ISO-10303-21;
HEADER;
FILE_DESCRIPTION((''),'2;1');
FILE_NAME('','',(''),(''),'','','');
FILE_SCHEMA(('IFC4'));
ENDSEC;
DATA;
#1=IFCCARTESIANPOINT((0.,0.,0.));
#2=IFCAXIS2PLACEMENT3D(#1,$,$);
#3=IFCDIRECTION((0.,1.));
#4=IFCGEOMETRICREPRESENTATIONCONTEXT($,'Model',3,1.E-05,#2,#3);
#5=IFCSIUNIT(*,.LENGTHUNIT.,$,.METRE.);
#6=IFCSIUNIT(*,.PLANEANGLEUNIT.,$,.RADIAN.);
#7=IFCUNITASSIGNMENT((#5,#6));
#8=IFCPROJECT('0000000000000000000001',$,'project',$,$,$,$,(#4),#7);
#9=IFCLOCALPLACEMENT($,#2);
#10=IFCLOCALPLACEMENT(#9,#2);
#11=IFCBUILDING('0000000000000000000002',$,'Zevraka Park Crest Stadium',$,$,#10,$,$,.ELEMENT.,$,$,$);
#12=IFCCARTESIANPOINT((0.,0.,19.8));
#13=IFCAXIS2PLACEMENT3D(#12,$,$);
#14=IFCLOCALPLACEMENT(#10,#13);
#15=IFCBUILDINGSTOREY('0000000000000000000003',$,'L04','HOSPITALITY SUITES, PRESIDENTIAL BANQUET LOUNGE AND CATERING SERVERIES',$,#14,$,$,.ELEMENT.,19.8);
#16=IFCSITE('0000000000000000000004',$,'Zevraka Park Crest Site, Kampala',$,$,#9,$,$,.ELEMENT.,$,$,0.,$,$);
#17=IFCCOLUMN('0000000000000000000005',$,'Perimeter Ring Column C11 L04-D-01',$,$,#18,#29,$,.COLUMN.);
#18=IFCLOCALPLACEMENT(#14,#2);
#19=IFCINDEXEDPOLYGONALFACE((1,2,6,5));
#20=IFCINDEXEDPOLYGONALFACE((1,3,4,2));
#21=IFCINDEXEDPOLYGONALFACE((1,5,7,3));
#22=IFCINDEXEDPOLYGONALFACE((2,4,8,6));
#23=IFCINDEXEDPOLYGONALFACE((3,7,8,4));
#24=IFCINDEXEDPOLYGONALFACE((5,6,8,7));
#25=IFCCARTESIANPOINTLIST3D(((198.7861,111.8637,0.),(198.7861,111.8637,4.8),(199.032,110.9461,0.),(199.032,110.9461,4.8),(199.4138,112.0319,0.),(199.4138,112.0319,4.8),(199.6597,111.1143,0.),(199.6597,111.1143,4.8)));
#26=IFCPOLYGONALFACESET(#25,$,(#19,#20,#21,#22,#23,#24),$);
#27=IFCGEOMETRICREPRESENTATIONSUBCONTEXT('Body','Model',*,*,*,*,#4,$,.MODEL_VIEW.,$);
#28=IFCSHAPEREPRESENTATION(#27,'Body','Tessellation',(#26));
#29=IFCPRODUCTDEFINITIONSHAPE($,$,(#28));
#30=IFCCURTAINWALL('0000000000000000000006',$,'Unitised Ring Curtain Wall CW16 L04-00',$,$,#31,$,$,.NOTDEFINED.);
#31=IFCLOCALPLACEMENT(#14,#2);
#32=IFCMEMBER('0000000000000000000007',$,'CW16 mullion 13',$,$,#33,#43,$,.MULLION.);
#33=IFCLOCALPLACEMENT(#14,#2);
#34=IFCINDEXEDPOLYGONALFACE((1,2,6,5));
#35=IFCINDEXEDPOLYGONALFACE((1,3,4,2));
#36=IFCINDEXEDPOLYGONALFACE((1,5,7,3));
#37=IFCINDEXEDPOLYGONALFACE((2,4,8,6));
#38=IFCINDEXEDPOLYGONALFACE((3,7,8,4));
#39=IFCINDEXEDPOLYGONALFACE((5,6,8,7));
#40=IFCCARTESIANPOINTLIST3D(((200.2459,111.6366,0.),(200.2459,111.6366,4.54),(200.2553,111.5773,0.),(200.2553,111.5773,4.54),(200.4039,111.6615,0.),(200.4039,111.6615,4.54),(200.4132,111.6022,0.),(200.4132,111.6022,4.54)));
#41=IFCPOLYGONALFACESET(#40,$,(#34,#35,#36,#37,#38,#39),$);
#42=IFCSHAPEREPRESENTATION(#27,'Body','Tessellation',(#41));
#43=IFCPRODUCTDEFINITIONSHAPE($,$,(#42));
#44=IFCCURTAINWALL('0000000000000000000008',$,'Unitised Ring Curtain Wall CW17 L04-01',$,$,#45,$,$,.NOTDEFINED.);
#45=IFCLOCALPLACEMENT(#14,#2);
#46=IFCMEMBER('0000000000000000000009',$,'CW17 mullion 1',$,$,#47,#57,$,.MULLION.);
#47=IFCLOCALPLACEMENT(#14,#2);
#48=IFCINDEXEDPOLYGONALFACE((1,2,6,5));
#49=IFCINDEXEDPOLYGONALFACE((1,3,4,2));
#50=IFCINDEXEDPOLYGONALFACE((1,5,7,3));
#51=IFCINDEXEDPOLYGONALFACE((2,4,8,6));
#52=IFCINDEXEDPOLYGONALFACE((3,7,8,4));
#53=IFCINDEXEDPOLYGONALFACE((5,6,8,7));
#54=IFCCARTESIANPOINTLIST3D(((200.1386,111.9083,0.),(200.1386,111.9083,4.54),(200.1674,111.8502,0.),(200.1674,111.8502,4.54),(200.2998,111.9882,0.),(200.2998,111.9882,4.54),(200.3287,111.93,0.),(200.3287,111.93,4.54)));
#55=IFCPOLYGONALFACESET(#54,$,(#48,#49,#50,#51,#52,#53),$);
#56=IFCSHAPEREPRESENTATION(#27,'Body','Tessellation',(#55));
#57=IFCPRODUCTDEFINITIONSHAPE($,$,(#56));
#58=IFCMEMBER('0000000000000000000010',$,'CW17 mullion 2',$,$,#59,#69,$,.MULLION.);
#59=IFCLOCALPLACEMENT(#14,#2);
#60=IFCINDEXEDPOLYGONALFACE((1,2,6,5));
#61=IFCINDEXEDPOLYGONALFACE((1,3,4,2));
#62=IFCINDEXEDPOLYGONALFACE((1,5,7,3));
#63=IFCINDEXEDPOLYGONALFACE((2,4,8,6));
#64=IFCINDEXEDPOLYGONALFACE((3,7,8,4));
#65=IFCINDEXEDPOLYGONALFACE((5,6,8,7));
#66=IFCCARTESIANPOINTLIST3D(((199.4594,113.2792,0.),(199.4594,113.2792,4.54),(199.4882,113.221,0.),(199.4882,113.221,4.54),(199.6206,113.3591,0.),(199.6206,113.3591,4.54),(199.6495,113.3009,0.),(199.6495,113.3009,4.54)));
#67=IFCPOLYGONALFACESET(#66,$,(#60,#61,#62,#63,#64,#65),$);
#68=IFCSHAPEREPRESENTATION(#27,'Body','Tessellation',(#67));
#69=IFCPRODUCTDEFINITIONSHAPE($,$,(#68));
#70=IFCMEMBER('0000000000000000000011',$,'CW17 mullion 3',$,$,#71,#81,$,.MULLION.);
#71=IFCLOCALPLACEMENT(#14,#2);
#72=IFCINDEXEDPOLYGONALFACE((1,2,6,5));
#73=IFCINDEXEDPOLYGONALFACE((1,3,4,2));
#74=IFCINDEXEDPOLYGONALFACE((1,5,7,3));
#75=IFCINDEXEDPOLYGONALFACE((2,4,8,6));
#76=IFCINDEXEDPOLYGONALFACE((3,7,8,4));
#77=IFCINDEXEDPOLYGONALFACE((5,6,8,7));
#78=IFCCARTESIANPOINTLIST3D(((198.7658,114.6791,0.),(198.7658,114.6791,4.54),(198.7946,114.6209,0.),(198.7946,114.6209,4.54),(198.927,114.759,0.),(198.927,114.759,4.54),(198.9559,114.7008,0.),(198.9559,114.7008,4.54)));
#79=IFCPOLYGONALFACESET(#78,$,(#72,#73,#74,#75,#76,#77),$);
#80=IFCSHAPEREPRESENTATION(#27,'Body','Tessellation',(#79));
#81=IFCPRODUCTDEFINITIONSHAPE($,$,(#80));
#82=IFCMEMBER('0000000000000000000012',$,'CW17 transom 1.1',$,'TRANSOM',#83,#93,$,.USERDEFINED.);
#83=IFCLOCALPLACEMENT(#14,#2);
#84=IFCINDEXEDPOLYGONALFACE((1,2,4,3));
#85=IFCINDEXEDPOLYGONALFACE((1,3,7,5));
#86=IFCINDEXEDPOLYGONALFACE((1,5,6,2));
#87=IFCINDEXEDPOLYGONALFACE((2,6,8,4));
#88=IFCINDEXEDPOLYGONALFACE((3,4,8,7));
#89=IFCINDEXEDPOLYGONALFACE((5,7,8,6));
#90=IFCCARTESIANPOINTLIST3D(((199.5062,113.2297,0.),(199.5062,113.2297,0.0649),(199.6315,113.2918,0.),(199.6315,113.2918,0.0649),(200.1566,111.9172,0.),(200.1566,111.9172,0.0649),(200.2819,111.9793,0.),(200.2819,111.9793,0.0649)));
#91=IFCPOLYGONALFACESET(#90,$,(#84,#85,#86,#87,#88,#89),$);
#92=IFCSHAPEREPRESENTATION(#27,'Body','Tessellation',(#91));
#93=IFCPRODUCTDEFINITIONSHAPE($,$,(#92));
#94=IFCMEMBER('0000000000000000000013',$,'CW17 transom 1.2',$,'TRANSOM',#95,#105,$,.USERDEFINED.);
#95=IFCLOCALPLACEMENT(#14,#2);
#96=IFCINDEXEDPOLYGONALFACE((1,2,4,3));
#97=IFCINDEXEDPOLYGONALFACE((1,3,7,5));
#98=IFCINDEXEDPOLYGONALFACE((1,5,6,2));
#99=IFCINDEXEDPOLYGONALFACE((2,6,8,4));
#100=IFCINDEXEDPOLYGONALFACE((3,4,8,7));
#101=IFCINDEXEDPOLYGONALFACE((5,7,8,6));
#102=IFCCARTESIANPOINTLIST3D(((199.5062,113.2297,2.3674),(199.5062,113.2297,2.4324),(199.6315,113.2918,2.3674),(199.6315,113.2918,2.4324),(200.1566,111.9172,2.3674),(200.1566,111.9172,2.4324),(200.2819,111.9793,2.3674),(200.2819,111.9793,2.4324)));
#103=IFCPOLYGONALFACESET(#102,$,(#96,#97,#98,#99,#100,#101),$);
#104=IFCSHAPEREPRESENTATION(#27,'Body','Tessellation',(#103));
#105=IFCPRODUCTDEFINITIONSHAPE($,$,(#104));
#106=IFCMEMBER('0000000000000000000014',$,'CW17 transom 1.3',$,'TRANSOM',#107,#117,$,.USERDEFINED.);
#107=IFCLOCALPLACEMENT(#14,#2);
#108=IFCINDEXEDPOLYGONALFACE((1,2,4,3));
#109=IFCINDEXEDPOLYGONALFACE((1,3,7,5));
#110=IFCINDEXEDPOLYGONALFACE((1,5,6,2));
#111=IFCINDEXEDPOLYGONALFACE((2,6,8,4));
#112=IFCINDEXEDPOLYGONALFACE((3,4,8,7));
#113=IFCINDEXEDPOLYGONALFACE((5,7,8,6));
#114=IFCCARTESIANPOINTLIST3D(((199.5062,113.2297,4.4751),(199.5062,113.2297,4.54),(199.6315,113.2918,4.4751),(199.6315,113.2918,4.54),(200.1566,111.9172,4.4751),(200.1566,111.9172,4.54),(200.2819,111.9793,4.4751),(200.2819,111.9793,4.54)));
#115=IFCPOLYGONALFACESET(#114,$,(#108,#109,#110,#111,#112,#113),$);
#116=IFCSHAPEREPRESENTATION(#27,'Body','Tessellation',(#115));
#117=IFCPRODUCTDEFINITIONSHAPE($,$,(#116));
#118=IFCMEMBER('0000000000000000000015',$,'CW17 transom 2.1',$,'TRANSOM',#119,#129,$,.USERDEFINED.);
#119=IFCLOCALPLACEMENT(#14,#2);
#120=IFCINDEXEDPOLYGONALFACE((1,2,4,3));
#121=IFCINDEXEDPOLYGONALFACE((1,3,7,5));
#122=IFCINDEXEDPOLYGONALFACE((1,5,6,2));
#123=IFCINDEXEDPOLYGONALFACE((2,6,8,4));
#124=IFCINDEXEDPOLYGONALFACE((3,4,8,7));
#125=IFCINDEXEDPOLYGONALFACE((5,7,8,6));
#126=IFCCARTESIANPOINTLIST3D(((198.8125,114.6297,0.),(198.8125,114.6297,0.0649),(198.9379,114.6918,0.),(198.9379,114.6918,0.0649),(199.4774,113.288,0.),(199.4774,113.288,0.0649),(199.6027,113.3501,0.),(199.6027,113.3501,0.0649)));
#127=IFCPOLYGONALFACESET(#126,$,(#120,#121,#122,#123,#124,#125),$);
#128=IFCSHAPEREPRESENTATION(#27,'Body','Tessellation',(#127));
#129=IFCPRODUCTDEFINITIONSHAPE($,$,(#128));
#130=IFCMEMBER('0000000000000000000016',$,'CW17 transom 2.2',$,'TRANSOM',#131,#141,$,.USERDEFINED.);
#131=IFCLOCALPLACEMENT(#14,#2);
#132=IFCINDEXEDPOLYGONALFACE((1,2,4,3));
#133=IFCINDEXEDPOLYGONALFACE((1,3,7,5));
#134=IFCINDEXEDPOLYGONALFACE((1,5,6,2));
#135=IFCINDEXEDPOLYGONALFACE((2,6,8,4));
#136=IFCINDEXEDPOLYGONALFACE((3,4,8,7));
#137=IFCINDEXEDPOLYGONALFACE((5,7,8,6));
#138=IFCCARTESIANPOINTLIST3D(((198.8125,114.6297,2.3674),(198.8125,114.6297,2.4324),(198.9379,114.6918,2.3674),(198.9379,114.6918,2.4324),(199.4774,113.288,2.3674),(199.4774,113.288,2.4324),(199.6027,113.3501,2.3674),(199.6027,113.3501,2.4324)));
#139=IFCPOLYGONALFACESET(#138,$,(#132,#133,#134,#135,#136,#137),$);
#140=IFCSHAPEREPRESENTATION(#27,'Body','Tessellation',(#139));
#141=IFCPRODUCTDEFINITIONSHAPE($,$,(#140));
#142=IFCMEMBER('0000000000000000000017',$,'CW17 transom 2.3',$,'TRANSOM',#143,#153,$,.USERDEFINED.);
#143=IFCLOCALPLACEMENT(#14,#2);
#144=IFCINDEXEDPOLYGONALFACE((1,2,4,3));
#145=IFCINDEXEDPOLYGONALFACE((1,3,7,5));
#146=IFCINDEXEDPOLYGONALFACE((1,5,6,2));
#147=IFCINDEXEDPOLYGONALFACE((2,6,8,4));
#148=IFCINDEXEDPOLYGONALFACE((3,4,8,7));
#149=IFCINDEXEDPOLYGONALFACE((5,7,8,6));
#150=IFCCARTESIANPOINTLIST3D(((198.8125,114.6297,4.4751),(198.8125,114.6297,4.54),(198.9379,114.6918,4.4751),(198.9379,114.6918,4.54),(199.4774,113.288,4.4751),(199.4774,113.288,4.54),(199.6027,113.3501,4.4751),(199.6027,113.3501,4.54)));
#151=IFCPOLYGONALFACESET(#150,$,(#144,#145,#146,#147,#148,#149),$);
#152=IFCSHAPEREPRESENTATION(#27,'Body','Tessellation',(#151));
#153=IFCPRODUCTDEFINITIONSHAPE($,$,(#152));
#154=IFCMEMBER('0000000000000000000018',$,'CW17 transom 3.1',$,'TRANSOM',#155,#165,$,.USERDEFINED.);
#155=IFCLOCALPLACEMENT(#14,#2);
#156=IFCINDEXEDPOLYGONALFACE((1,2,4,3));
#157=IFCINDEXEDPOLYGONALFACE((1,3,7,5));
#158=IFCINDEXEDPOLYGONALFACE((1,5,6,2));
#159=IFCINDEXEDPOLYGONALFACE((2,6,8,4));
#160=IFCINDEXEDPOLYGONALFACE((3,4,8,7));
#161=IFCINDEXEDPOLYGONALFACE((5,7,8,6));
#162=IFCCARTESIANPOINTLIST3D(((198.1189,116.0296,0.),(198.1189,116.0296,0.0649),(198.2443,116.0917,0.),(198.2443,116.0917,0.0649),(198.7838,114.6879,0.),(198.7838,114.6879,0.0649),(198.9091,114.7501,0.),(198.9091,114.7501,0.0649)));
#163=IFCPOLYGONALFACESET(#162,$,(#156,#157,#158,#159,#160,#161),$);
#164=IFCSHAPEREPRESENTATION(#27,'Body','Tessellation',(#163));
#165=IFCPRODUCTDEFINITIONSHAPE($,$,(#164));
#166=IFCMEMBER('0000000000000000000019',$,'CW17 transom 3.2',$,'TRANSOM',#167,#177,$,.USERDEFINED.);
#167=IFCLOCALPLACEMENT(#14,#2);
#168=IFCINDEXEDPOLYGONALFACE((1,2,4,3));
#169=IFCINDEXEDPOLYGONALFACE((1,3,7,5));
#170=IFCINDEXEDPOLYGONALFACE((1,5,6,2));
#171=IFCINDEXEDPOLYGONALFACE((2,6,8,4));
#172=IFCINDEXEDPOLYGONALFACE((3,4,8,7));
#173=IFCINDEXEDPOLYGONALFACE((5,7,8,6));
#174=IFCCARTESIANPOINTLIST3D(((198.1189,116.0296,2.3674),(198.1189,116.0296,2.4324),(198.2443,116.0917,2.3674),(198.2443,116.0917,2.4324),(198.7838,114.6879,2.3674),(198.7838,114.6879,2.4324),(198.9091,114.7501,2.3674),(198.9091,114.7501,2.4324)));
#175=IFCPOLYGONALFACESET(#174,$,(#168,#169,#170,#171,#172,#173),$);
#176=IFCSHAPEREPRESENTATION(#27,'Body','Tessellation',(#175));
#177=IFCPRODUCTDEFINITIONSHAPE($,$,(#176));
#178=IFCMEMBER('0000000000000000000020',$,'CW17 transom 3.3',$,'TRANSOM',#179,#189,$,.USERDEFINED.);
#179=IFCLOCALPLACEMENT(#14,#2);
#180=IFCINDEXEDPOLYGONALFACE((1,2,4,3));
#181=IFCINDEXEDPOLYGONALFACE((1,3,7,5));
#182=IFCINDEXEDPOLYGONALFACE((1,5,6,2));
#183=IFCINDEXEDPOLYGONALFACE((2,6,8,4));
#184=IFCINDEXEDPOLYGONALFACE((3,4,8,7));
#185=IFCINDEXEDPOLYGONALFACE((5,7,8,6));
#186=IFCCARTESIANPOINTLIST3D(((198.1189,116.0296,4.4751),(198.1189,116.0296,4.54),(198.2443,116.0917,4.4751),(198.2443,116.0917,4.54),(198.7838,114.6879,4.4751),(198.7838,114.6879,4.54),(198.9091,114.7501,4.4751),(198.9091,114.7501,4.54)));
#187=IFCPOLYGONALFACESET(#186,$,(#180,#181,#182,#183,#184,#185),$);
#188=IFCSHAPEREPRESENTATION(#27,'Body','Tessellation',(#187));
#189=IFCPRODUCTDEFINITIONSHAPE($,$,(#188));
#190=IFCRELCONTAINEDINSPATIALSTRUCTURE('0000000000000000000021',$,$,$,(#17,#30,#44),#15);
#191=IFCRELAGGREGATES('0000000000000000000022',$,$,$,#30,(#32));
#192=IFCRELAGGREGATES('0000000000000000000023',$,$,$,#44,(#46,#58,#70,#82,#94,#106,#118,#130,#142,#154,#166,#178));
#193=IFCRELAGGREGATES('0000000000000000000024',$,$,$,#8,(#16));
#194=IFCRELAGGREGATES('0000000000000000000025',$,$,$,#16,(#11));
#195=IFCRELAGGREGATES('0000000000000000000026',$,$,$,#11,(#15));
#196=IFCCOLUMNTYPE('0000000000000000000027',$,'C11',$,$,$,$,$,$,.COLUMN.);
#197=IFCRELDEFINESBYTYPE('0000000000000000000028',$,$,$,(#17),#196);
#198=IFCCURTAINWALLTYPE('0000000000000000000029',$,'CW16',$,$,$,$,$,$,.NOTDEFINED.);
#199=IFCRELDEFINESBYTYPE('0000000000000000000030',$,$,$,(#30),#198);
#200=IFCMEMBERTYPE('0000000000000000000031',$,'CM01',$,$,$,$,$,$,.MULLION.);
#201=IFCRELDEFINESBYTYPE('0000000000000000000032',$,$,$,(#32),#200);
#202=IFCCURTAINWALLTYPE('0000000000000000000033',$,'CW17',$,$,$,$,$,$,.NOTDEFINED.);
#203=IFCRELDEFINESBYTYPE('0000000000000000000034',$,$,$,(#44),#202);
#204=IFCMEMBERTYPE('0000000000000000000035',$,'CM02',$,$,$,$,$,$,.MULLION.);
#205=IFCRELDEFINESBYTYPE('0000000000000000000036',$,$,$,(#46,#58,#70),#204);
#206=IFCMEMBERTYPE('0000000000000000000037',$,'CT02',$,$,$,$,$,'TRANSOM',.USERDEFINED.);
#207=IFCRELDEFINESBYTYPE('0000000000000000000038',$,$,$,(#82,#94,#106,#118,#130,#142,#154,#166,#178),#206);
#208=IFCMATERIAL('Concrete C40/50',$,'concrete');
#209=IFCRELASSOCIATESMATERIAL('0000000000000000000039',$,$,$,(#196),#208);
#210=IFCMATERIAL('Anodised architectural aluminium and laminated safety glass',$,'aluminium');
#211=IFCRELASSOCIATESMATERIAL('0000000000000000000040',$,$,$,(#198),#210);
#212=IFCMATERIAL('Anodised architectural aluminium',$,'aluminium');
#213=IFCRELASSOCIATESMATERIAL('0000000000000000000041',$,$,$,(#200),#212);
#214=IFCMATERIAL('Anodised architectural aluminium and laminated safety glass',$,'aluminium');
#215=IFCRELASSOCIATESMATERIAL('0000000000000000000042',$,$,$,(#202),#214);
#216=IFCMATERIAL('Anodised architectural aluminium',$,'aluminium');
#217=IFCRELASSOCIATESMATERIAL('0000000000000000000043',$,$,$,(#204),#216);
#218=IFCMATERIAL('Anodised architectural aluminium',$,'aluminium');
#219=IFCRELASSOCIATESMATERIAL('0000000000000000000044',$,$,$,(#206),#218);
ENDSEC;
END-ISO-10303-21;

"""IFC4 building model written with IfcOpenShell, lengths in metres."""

from ifc_helpers import new_model, si_unit, direction, frame, origin, origin_2d, place, context, subcontext, project, spatial, rectangle, extrude, material, material_profile, profile_set, type_object, element, aggregate, save


model = new_model("IFC4")

# Units and contexts
model_context = context("Model", 3, precision=1e-05, world=origin(), true_north=direction((0.0, 1.0)))
body_context = subcontext(model_context, "Body", "Model", "MODEL_VIEW")
ifc_project = project(units=[si_unit("LENGTHUNIT", "METRE"), si_unit("PLANEANGLEUNIT", "RADIAN")], contexts=[model_context])

# Site, building, storey
site_placement = place(None, origin())
site = spatial("IfcSite", under=ifc_project, at=site_placement, Name="Zevraka Park Crest Site, Kampala", CompositionType="ELEMENT", RefElevation=0.0)
building_placement = place(site_placement, origin())
building = spatial("IfcBuilding", under=site, at=building_placement, Name="Zevraka Park Crest Stadium", CompositionType="ELEMENT")
storey_placement = place(building_placement, frame((0.0, 0.0, 19.8)))
storey = spatial("IfcBuildingStorey", under=building, at=storey_placement, Name="L04", Description="HOSPITALITY SUITES, PRESIDENTIAL BANQUET LOUNGE AND CATERING SERVERIES", CompositionType="ELEMENT", Elevation=19.8)

# Column
ifc_material_1 = material(Name="Concrete C40/50", Category="concrete")
ifc_material_profile_1 = material_profile(ifc_material_1, rectangle(XDim=0.6499, YDim=0.95, at=origin_2d()), Name="RC 950x650")
ifc_profile_set_1 = profile_set([ifc_material_profile_1], Name="Concrete C40/50")
column_type = type_object("IfcColumnType", Name="C11", PredefinedType="COLUMN", material=ifc_profile_set_1)
column_placement = place(storey_placement, frame((199.2229, 111.489, 0.0), z_axis=(0.0, 0.0, 1.0), x_axis=(0.965926, 0.258819, 0.0)))
element("IfcColumn", 1, at=column_placement, inside=storey, type_object=column_type, Name="Perimeter Ring Column C11 L04-D-01", PredefinedType="COLUMN", context=body_context, shape_type="SweptSolid", body=[
    extrude(rectangle(XDim=0.6499, YDim=0.95, at=origin_2d()), origin(), (0.0, 0.0, 1.0), 4.8),
])

# Curtain wall, member
ifc_material_2 = material(Name="Anodised architectural aluminium and laminated safety glass", Category="aluminium")
curtain_wall_type_1 = type_object("IfcCurtainWallType", Name="CW16", PredefinedType="NOTDEFINED", material=ifc_material_2)
curtain_wall_1_placement = place(storey_placement, origin())
curtain_wall_1 = element("IfcCurtainWall", 2, at=curtain_wall_1_placement, inside=storey, type_object=curtain_wall_type_1, Name="Unitised Ring Curtain Wall CW16 L04-00", PredefinedType="NOTDEFINED")
ifc_material_3 = material(Name="Anodised architectural aluminium", Category="aluminium")
ifc_material_profile_2 = material_profile(ifc_material_3, rectangle(XDim=0.1599, YDim=0.0601, at=origin_2d()), Name="ALU MULLION 160x60")
ifc_profile_set_2 = profile_set([ifc_material_profile_2], Name="Anodised architectural aluminium")
member_type_1 = type_object("IfcMemberType", Name="CM01", PredefinedType="MULLION", material=ifc_profile_set_2)
member_1_placement = place(storey_placement, frame((200.3296, 111.6194, 0.0), z_axis=(0.0, 0.0, 1.0), x_axis=(-0.98783, -0.155539, 0.0)))
member_1 = element("IfcMember", 3, at=member_1_placement, type_object=member_type_1, Name="CW16 mullion 13", PredefinedType="MULLION", context=body_context, shape_type="SweptSolid", body=[
    extrude(rectangle(XDim=0.1599, YDim=0.0601, at=origin_2d()), origin(), (0.0, 0.0, 1.0), 4.54),
])

# Curtain wall, members
ifc_material_4 = material(Name="Anodised architectural aluminium and laminated safety glass", Category="aluminium")
curtain_wall_type_2 = type_object("IfcCurtainWallType", Name="CW17", PredefinedType="NOTDEFINED", material=ifc_material_4)
curtain_wall_2_placement = place(storey_placement, origin())
curtain_wall_2 = element("IfcCurtainWall", 4, at=curtain_wall_2_placement, inside=storey, type_object=curtain_wall_type_2, Name="Unitised Ring Curtain Wall CW17 L04-01", PredefinedType="NOTDEFINED")
ifc_material_5 = material(Name="Anodised architectural aluminium", Category="aluminium")
ifc_material_profile_3 = material_profile(ifc_material_5, rectangle(XDim=0.1799, YDim=0.0649, at=origin_2d()), Name="ALU MULLION 180x65")
ifc_profile_set_3 = profile_set([ifc_material_profile_3], Name="Anodised architectural aluminium")
member_type_2 = type_object("IfcMemberType", Name="CM02", PredefinedType="MULLION", material=ifc_profile_set_3)
member_2_placement = place(storey_placement, frame((200.2336, 111.9192, 0.0), z_axis=(0.0, 0.0, 1.0), x_axis=(-0.896046, -0.443961, 0.0)))
member_2 = element("IfcMember", 5, at=member_2_placement, type_object=member_type_2, Name="CW17 mullion 1", PredefinedType="MULLION", context=body_context, shape_type="SweptSolid", body=[
    extrude(rectangle(XDim=0.1799, YDim=0.0649, at=origin_2d()), origin(), (0.0, 0.0, 1.0), 4.54),
])
member_3_placement = place(storey_placement, frame((199.5544, 113.29, 0.0), z_axis=(0.0, 0.0, 1.0), x_axis=(-0.896046, -0.443961, 0.0)))
member_3 = element("IfcMember", 6, at=member_3_placement, type_object=member_type_2, Name="CW17 mullion 2", PredefinedType="MULLION", context=body_context, shape_type="SweptSolid", body=[
    extrude(rectangle(XDim=0.1799, YDim=0.0649, at=origin_2d()), origin(), (0.0, 0.0, 1.0), 4.54),
])
member_4_placement = place(storey_placement, frame((198.8608, 114.6899, 0.0), z_axis=(0.0, 0.0, 1.0), x_axis=(-0.896046, -0.443961, 0.0)))
member_4 = element("IfcMember", 7, at=member_4_placement, type_object=member_type_2, Name="CW17 mullion 3", PredefinedType="MULLION", context=body_context, shape_type="SweptSolid", body=[
    extrude(rectangle(XDim=0.1799, YDim=0.0649, at=origin_2d()), origin(), (0.0, 0.0, 1.0), 4.54),
])
ifc_material_6 = material(Name="Anodised architectural aluminium", Category="aluminium")
ifc_material_profile_4 = material_profile(ifc_material_6, rectangle(XDim=0.1399, YDim=0.0649, at=origin_2d()), Name="ALU TRANSOM 140x65")
ifc_profile_set_4 = profile_set([ifc_material_profile_4], Name="Anodised architectural aluminium")
member_type_3 = type_object("IfcMemberType", Name="CT02", ElementType="TRANSOM", PredefinedType="USERDEFINED", material=ifc_profile_set_4)
member_5_placement = place(storey_placement, frame((200.2192, 111.9482, 0.0325), z_axis=(-0.444011, 0.896022, 0.0), x_axis=(-0.896022, -0.444011, 0.0)))
member_5 = element("IfcMember", 8, at=member_5_placement, type_object=member_type_3, Name="CW17 transom 1.1", ObjectType="TRANSOM", PredefinedType="USERDEFINED", context=body_context, shape_type="SweptSolid", body=[
    extrude(rectangle(XDim=0.1399, YDim=0.0649, at=origin_2d()), origin(), (0.0, 0.0, 1.0), 1.4648),
])
member_6_placement = place(storey_placement, frame((200.2192, 111.9482, 2.3999), z_axis=(-0.444011, 0.896022, 0.0), x_axis=(-0.896022, -0.444011, 0.0)))
member_6 = element("IfcMember", 9, at=member_6_placement, type_object=member_type_3, Name="CW17 transom 1.2", ObjectType="TRANSOM", PredefinedType="USERDEFINED", context=body_context, shape_type="SweptSolid", body=[
    extrude(rectangle(XDim=0.1399, YDim=0.0649, at=origin_2d()), origin(), (0.0, 0.0, 1.0), 1.4648),
])
member_7_placement = place(storey_placement, frame((200.2192, 111.9482, 4.5076), z_axis=(-0.444011, 0.896022, 0.0), x_axis=(-0.896022, -0.444011, 0.0)))
member_7 = element("IfcMember", 10, at=member_7_placement, type_object=member_type_3, Name="CW17 transom 1.3", ObjectType="TRANSOM", PredefinedType="USERDEFINED", context=body_context, shape_type="SweptSolid", body=[
    extrude(rectangle(XDim=0.1399, YDim=0.0649, at=origin_2d()), origin(), (0.0, 0.0, 1.0), 1.4648),
])
member_8_placement = place(storey_placement, frame((199.54, 113.3191, 0.0325), z_axis=(-0.444015, 0.896019, 0.0), x_axis=(-0.896019, -0.444015, 0.0)))
member_8 = element("IfcMember", 11, at=member_8_placement, type_object=member_type_3, Name="CW17 transom 2.1", ObjectType="TRANSOM", PredefinedType="USERDEFINED", context=body_context, shape_type="SweptSolid", body=[
    extrude(rectangle(XDim=0.1399, YDim=0.0649, at=origin_2d()), origin(), (0.0, 0.0, 1.0), 1.4973),
])
member_9_placement = place(storey_placement, frame((199.54, 113.3191, 2.3999), z_axis=(-0.444015, 0.896019, 0.0), x_axis=(-0.896019, -0.444015, 0.0)))
member_9 = element("IfcMember", 12, at=member_9_placement, type_object=member_type_3, Name="CW17 transom 2.2", ObjectType="TRANSOM", PredefinedType="USERDEFINED", context=body_context, shape_type="SweptSolid", body=[
    extrude(rectangle(XDim=0.1399, YDim=0.0649, at=origin_2d()), origin(), (0.0, 0.0, 1.0), 1.4973),
])
member_10_placement = place(storey_placement, frame((199.54, 113.3191, 4.5076), z_axis=(-0.444015, 0.896019, 0.0), x_axis=(-0.896019, -0.444015, 0.0)))
member_10 = element("IfcMember", 13, at=member_10_placement, type_object=member_type_3, Name="CW17 transom 2.3", ObjectType="TRANSOM", PredefinedType="USERDEFINED", context=body_context, shape_type="SweptSolid", body=[
    extrude(rectangle(XDim=0.1399, YDim=0.0649, at=origin_2d()), origin(), (0.0, 0.0, 1.0), 1.4973),
])
member_11_placement = place(storey_placement, frame((198.8464, 114.719, 0.0325), z_axis=(-0.444015, 0.896019, 0.0), x_axis=(-0.896019, -0.444015, 0.0)))
member_11 = element("IfcMember", 14, at=member_11_placement, type_object=member_type_3, Name="CW17 transom 3.1", ObjectType="TRANSOM", PredefinedType="USERDEFINED", context=body_context, shape_type="SweptSolid", body=[
    extrude(rectangle(XDim=0.1399, YDim=0.0649, at=origin_2d()), origin(), (0.0, 0.0, 1.0), 1.4973),
])
member_12_placement = place(storey_placement, frame((198.8464, 114.719, 2.3999), z_axis=(-0.444015, 0.896019, 0.0), x_axis=(-0.896019, -0.444015, 0.0)))
member_12 = element("IfcMember", 15, at=member_12_placement, type_object=member_type_3, Name="CW17 transom 3.2", ObjectType="TRANSOM", PredefinedType="USERDEFINED", context=body_context, shape_type="SweptSolid", body=[
    extrude(rectangle(XDim=0.1399, YDim=0.0649, at=origin_2d()), origin(), (0.0, 0.0, 1.0), 1.4973),
])
member_13_placement = place(storey_placement, frame((198.8464, 114.719, 4.5076), z_axis=(-0.444015, 0.896019, 0.0), x_axis=(-0.896019, -0.444015, 0.0)))
member_13 = element("IfcMember", 16, at=member_13_placement, type_object=member_type_3, Name="CW17 transom 3.3", ObjectType="TRANSOM", PredefinedType="USERDEFINED", context=body_context, shape_type="SweptSolid", body=[
    extrude(rectangle(XDim=0.1399, YDim=0.0649, at=origin_2d()), origin(), (0.0, 0.0, 1.0), 1.4973),
])

aggregate(curtain_wall_1, [member_1])
aggregate(curtain_wall_2, [member_2, member_3, member_4, member_5, member_6, member_7, member_8, member_9, member_10, member_11, member_12, member_13])

save(model, "model.ifc")
